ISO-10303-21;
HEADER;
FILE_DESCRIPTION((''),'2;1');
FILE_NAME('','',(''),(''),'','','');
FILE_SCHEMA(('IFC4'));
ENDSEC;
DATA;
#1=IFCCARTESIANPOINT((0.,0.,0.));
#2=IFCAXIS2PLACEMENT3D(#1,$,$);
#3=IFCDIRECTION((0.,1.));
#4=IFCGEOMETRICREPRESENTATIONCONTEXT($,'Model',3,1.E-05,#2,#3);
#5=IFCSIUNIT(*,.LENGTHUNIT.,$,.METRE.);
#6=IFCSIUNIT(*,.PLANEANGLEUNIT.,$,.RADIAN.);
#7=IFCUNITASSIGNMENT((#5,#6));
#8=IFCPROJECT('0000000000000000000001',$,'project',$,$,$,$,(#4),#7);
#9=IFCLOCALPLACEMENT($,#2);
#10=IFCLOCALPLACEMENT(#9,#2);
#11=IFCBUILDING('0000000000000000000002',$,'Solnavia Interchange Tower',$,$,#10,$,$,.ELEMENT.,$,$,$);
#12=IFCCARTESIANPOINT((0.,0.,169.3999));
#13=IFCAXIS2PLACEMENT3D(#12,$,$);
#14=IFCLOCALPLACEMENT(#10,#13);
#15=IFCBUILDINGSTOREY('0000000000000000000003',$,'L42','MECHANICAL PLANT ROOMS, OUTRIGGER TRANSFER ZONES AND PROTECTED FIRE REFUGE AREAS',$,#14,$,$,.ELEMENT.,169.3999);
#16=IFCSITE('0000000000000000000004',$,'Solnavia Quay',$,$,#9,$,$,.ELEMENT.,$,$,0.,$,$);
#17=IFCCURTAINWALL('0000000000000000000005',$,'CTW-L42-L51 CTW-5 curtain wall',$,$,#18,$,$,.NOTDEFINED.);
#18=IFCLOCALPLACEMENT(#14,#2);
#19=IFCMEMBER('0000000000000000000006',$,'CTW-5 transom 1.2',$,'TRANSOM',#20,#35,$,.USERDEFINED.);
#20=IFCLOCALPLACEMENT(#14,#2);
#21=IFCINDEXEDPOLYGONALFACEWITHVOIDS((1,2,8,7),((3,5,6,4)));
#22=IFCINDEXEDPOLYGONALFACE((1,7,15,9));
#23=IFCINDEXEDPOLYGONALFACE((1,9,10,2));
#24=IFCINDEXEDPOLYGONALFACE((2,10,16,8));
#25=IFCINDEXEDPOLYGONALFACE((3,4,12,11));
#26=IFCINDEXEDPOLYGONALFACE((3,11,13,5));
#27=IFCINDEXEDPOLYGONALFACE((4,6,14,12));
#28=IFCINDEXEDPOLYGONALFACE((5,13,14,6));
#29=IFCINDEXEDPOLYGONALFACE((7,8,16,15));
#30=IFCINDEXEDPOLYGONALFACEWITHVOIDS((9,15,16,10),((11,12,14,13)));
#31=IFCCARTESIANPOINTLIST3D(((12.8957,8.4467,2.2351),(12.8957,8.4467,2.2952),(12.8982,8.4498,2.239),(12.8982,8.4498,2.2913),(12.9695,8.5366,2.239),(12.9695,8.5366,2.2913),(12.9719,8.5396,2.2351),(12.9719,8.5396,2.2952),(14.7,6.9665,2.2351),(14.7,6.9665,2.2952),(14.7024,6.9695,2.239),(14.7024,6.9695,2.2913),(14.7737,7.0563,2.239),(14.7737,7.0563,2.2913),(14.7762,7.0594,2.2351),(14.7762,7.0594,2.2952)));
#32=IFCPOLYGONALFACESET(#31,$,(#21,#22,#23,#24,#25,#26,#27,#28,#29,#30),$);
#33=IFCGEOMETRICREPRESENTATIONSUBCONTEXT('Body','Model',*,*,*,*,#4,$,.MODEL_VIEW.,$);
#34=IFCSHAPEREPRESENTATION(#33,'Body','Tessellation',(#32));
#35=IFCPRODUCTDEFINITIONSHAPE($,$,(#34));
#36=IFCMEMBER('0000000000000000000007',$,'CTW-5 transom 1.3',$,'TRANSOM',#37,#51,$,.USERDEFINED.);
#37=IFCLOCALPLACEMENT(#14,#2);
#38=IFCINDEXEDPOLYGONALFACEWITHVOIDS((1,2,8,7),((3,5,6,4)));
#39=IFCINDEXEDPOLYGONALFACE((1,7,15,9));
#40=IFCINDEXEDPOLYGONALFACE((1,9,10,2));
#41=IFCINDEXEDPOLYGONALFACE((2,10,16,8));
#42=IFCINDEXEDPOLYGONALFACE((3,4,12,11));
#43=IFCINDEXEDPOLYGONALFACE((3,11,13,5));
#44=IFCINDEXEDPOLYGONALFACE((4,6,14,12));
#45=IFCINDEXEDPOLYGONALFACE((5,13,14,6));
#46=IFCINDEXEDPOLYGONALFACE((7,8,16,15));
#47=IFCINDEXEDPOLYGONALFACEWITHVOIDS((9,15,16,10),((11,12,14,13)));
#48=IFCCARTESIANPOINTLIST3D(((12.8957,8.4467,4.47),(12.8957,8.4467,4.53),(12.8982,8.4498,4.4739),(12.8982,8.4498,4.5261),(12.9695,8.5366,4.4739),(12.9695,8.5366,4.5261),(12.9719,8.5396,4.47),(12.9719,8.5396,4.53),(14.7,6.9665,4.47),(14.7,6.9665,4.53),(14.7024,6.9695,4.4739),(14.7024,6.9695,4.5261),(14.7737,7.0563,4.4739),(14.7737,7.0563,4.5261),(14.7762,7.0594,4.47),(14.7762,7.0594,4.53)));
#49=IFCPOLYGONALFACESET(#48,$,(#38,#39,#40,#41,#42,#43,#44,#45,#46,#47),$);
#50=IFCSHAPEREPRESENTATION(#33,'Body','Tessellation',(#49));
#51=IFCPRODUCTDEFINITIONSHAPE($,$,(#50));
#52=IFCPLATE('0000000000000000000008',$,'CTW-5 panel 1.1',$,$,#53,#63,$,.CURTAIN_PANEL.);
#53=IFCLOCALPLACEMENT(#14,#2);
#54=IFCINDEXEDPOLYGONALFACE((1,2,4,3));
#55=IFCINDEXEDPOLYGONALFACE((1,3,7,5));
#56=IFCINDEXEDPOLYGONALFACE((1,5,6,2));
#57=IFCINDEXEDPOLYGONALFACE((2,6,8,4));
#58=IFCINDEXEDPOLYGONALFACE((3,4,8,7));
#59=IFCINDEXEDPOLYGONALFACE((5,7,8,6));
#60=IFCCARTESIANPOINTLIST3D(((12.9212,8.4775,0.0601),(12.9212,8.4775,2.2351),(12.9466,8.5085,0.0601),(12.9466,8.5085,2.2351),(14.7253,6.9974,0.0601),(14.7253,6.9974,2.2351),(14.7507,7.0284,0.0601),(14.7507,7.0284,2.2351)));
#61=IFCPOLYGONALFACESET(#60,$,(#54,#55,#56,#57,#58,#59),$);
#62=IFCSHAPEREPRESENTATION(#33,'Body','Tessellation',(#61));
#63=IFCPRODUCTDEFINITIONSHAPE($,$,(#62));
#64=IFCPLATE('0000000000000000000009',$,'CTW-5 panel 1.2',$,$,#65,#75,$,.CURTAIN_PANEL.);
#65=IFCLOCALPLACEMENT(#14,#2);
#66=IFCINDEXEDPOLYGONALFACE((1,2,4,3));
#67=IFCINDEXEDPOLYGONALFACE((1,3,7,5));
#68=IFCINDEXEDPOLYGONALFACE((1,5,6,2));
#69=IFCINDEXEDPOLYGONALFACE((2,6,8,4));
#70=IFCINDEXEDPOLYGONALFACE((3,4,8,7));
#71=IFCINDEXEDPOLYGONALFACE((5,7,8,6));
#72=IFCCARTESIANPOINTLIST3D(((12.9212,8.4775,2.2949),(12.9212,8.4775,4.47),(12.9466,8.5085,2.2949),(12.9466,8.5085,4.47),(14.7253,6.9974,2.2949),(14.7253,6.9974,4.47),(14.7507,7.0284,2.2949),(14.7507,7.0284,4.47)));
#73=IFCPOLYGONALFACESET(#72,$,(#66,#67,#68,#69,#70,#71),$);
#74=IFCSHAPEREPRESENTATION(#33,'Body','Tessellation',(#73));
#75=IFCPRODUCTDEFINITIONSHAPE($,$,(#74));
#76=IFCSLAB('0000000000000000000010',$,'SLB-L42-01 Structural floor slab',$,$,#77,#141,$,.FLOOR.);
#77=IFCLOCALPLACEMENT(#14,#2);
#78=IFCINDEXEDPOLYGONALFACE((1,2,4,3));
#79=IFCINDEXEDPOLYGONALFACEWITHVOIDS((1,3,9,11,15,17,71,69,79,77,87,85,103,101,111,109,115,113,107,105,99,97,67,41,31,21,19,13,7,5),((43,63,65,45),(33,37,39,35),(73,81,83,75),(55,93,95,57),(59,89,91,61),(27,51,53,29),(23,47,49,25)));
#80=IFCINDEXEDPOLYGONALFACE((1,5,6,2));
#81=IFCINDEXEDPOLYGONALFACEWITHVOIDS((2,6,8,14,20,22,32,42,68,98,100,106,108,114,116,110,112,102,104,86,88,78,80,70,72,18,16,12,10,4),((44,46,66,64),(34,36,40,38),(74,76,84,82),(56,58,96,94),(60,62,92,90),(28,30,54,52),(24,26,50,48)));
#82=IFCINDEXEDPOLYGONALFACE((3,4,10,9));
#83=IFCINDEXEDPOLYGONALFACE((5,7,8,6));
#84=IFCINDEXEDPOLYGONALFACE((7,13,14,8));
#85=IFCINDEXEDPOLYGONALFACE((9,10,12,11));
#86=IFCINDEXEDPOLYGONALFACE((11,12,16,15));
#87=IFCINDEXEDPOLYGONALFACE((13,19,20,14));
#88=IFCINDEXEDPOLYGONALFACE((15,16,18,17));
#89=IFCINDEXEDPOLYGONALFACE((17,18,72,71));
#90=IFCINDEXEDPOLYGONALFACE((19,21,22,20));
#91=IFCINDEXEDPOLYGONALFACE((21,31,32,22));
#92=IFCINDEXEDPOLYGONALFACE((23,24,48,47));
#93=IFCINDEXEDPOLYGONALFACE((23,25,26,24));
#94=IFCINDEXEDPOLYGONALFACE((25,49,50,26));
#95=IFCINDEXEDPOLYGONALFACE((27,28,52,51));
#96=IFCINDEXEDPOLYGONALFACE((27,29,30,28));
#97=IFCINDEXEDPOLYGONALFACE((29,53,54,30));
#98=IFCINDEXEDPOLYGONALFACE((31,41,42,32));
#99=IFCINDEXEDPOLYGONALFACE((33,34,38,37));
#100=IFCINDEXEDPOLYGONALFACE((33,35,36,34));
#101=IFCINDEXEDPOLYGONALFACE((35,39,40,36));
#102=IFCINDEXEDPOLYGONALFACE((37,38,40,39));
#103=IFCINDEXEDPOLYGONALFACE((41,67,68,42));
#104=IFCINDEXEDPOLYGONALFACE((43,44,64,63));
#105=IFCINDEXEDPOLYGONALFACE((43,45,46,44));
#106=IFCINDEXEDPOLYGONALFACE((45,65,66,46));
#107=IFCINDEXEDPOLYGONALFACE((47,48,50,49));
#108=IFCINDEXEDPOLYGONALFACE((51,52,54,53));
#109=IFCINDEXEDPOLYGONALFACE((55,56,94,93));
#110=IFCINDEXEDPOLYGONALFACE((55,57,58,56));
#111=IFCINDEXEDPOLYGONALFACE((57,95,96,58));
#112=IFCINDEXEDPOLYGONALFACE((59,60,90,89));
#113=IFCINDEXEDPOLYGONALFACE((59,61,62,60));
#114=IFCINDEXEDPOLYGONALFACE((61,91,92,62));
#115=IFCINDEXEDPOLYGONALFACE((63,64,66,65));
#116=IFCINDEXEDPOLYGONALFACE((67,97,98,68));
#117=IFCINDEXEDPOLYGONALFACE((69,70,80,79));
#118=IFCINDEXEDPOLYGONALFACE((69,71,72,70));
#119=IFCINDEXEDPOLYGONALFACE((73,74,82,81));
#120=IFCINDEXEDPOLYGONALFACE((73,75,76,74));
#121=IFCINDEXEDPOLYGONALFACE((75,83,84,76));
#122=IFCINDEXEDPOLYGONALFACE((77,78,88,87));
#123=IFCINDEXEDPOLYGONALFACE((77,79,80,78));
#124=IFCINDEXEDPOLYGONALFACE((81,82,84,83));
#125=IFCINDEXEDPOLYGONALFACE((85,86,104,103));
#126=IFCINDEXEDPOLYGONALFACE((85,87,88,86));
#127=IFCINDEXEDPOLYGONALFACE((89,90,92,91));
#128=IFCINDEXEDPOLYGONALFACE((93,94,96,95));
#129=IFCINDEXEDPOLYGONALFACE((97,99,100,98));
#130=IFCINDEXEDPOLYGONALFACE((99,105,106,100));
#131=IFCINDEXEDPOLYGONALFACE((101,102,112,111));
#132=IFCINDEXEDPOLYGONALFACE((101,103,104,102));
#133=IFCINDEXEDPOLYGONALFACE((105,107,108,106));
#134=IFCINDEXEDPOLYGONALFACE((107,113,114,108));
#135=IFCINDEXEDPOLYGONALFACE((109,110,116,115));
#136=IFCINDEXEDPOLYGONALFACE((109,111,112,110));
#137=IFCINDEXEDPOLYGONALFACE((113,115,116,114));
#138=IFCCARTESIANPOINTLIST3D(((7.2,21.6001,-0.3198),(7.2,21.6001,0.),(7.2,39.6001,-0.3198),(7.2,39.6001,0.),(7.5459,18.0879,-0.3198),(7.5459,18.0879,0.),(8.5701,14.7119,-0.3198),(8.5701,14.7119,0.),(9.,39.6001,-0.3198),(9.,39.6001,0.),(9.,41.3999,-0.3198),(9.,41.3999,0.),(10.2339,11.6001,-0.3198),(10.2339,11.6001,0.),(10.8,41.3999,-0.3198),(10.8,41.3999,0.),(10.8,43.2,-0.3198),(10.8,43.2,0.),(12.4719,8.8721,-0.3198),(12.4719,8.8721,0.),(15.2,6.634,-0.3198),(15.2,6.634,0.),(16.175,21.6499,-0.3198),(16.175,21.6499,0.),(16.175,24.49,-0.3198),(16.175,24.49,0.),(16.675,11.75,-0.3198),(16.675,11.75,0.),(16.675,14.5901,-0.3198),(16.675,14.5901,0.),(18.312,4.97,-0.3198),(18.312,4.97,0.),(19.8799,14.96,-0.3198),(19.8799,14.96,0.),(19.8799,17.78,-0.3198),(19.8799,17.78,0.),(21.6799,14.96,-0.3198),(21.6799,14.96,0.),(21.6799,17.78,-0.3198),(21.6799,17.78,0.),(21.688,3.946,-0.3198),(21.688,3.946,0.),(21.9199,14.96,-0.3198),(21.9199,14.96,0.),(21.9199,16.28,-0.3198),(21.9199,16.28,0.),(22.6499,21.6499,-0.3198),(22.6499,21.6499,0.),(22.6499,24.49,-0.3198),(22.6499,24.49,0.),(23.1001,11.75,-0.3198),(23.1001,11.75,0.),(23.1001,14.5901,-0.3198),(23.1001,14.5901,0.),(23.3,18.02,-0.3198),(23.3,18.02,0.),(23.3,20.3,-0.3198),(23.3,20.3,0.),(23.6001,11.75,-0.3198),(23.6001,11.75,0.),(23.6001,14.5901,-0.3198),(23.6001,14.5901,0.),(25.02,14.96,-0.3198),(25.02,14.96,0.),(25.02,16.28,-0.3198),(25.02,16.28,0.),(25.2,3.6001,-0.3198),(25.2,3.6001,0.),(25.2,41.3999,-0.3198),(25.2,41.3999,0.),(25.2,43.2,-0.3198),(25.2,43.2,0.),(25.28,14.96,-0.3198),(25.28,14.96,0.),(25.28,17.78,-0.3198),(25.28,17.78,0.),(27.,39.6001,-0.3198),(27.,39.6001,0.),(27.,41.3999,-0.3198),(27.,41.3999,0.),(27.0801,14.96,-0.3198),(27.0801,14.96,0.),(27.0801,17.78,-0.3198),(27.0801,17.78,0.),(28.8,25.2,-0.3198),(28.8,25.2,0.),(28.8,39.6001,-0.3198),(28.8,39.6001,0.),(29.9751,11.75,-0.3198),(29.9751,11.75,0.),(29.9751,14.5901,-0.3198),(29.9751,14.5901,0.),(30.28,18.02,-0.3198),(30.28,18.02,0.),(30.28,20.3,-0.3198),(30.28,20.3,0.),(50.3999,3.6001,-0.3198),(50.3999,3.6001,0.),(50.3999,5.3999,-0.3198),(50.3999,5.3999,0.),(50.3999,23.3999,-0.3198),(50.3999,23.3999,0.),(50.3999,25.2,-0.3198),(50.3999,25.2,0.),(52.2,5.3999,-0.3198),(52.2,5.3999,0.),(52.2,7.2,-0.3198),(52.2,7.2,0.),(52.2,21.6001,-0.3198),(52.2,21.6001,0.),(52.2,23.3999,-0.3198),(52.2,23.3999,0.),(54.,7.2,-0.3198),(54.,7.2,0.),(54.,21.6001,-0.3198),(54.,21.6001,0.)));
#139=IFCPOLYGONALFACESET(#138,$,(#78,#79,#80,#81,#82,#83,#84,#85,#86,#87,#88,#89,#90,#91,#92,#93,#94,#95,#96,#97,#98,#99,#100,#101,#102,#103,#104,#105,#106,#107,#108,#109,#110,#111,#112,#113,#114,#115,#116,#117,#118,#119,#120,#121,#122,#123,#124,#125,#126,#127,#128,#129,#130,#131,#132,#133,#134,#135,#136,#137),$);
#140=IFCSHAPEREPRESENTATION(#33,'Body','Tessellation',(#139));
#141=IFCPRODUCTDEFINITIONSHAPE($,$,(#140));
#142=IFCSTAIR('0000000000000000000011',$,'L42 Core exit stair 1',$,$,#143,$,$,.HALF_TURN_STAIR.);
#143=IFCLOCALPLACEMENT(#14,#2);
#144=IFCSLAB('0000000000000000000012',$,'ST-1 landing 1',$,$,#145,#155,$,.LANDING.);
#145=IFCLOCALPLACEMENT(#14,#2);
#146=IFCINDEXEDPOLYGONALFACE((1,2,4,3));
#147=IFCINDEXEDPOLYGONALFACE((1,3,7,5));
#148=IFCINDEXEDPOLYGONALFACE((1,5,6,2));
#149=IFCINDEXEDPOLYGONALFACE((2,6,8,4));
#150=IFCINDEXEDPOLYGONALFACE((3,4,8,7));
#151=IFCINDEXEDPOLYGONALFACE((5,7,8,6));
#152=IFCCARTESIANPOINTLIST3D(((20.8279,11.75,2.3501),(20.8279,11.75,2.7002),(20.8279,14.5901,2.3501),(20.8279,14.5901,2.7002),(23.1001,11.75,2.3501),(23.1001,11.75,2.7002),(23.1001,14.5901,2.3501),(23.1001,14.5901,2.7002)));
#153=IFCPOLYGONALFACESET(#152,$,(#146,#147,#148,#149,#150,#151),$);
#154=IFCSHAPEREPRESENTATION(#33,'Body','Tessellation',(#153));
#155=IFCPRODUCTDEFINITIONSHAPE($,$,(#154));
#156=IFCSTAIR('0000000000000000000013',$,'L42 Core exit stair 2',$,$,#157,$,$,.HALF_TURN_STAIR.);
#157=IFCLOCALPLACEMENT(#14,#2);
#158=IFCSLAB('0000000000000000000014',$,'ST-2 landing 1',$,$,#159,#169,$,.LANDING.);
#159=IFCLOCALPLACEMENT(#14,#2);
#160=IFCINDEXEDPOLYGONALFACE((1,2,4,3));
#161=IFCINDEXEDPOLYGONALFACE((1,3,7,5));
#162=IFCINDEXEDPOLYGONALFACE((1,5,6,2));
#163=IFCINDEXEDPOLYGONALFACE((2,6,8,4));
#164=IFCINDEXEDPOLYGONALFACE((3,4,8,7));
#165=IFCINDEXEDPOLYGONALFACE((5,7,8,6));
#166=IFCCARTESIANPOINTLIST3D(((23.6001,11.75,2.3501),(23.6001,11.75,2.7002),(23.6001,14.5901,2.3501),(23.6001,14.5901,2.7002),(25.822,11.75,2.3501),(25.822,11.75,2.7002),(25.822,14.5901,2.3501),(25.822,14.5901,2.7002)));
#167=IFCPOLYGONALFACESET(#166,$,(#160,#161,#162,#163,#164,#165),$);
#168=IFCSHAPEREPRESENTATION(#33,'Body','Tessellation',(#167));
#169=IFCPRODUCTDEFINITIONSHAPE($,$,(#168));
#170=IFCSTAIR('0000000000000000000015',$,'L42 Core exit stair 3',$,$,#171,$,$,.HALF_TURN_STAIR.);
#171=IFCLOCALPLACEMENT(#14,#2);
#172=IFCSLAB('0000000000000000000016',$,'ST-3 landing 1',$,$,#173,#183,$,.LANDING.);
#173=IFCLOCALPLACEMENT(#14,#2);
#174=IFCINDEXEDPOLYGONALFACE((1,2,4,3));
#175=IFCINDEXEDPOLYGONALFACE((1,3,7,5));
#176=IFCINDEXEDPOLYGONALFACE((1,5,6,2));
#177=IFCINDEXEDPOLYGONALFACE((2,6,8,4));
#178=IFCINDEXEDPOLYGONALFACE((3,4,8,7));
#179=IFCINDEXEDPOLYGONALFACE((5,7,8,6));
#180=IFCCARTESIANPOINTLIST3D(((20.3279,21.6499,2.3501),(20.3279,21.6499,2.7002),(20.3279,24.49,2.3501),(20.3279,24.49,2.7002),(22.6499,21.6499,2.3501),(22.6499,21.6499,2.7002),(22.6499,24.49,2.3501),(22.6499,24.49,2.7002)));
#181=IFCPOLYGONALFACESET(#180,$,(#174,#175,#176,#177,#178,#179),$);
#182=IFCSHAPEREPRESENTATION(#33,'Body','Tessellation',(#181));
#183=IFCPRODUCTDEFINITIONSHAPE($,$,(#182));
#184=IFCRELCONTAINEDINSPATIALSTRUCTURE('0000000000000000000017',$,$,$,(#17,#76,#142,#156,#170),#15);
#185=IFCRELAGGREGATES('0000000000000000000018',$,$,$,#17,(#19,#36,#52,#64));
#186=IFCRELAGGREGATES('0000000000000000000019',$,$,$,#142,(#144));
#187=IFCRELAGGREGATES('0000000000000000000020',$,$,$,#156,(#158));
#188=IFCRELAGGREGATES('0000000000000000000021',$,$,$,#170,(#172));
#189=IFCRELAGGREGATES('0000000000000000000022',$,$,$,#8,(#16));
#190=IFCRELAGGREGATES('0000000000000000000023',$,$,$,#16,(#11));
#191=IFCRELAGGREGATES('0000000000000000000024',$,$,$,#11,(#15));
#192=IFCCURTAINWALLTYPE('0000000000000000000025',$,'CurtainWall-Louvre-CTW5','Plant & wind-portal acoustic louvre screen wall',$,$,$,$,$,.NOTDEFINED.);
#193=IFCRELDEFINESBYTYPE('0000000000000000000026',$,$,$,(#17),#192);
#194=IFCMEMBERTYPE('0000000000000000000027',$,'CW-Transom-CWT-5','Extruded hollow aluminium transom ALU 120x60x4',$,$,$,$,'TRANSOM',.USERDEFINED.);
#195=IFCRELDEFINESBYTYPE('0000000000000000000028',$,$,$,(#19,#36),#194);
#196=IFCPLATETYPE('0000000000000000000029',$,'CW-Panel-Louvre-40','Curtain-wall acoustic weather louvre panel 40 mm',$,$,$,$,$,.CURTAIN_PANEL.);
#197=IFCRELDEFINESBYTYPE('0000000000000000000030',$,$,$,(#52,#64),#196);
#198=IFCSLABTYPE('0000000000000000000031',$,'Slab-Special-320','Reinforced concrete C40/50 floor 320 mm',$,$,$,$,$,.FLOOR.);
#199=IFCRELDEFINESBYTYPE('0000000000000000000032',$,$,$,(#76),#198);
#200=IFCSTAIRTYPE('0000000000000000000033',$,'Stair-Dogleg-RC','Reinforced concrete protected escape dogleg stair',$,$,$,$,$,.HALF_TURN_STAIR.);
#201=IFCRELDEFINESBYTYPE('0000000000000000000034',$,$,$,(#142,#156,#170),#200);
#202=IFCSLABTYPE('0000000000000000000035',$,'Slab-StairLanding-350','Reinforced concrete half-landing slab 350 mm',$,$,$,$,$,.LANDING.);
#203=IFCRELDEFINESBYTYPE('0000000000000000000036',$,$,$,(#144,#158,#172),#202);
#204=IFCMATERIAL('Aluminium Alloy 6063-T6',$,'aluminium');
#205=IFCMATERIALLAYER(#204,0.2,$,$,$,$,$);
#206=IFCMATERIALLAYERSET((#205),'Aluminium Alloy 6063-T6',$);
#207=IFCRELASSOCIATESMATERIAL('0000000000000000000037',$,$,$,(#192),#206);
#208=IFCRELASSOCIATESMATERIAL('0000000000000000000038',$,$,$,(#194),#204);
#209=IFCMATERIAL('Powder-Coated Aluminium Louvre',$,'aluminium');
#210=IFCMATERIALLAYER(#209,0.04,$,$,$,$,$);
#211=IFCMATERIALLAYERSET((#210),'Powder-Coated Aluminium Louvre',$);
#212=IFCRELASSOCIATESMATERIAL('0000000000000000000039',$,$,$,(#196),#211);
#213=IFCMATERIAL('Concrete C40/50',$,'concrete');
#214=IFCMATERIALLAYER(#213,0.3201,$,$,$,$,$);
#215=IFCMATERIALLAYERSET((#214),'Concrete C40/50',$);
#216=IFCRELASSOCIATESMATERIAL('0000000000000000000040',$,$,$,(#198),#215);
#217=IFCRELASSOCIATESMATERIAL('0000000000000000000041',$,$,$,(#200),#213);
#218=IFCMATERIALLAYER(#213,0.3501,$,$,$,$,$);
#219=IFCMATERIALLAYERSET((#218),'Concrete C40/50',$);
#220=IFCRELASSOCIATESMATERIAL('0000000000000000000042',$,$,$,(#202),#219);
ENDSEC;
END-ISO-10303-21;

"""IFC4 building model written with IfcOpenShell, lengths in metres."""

from ifc_helpers import new_model, si_unit, direction, frame, origin, origin_2d, place, context, subcontext, project, spatial, polyline, rectangle, hollow_rectangle, outline, extrude, material, layer, layer_set, material_profile, profile_set, type_object, element, aggregate, save


model = new_model("IFC4")

# Units and contexts
model_context = context("Model", 3, precision=1e-05, world=origin(), true_north=direction((0.0, 1.0)))
body_context = subcontext(model_context, "Body", "Model", "MODEL_VIEW")
ifc_project = project(units=[si_unit("LENGTHUNIT", "METRE"), si_unit("PLANEANGLEUNIT", "RADIAN")], contexts=[model_context])

# Site, building, storey
site_placement = place(None, origin())
site = spatial("IfcSite", under=ifc_project, at=site_placement, Name="Solnavia Quay", CompositionType="ELEMENT", RefElevation=0.0)
building_placement = place(site_placement, origin())
building = spatial("IfcBuilding", under=site, at=building_placement, Name="Solnavia Interchange Tower", CompositionType="ELEMENT")
storey_placement = place(building_placement, frame((0.0, 0.0, 169.3999)))
storey = spatial("IfcBuildingStorey", under=building, at=storey_placement, Name="L42", Description="MECHANICAL PLANT ROOMS, OUTRIGGER TRANSFER ZONES AND PROTECTED FIRE REFUGE AREAS", CompositionType="ELEMENT", Elevation=169.3999)

# Curtain wall, members, plates
ifc_material_1 = material(Name="Aluminium Alloy 6063-T6", Category="aluminium")
ifc_layer_1 = layer(ifc_material_1, 0.2)
ifc_layer_set_1 = layer_set([ifc_layer_1], Name="Aluminium Alloy 6063-T6")
curtain_wall_type = type_object("IfcCurtainWallType", Name="CurtainWall-Louvre-CTW5", Description="Plant & wind-portal acoustic louvre screen wall", PredefinedType="NOTDEFINED", material=ifc_layer_set_1)
curtain_wall_placement = place(storey_placement, origin())
curtain_wall = element("IfcCurtainWall", 1, at=curtain_wall_placement, inside=storey, type_object=curtain_wall_type, Name="CTW-L42-L51 CTW-5 curtain wall", PredefinedType="NOTDEFINED")
ifc_material_profile_1 = material_profile(ifc_material_1, hollow_rectangle(XDim=0.0601, YDim=0.1201, WallThickness=0.0039, at=origin_2d()), Name="ALU 120x60x4")
ifc_profile_set_1 = profile_set([ifc_material_profile_1], Name="Aluminium Alloy 6063-T6")
member_type_1 = type_object("IfcMemberType", Name="CW-Transom-CWT-5", Description="Extruded hollow aluminium transom ALU 120x60x4", ElementType="TRANSOM", PredefinedType="USERDEFINED", material=ifc_profile_set_1)
member_1_placement = place(storey_placement, frame((12.9338, 8.4932, 2.2651), z_axis=(0.773104, -0.63428, 0.0), x_axis=(0.0, 0.0, 1.0)))
member_1 = element("IfcMember", 2, at=member_1_placement, type_object=member_type_1, Name="CTW-5 transom 1.2", ObjectType="TRANSOM", PredefinedType="USERDEFINED", context=body_context, shape_type="SweptSolid", body=[
    extrude(hollow_rectangle(XDim=0.0601, YDim=0.1201, WallThickness=0.0039, at=origin_2d()), origin(), (0.0, 0.0, 1.0), 2.3337),
])
member_2_placement = place(storey_placement, frame((12.9338, 8.4932, 4.5), z_axis=(0.773104, -0.63428, 0.0), x_axis=(0.0, 0.0, 1.0)))
member_2 = element("IfcMember", 3, at=member_2_placement, type_object=member_type_1, Name="CTW-5 transom 1.3", ObjectType="TRANSOM", PredefinedType="USERDEFINED", context=body_context, shape_type="SweptSolid", body=[
    extrude(hollow_rectangle(XDim=0.0601, YDim=0.1201, WallThickness=0.0039, at=origin_2d()), origin(), (0.0, 0.0, 1.0), 2.3337),
])
ifc_material_2 = material(Name="Powder-Coated Aluminium Louvre", Category="aluminium")
ifc_layer_2 = layer(ifc_material_2, 0.04)
ifc_layer_set_2 = layer_set([ifc_layer_2], Name="Powder-Coated Aluminium Louvre")
plate_type = type_object("IfcPlateType", Name="CW-Panel-Louvre-40", Description="Curtain-wall acoustic weather louvre panel 40 mm", PredefinedType="CURTAIN_PANEL", material=ifc_layer_set_2)
plate_1_placement = place(storey_placement, frame((13.8359, 7.7529, 0.0601), z_axis=(0.0, 0.0, 1.0), x_axis=(0.773103, -0.634281, 0.0)))
plate_1 = element("IfcPlate", 4, at=plate_1_placement, type_object=plate_type, Name="CTW-5 panel 1.1", PredefinedType="CURTAIN_PANEL", context=body_context, shape_type="SweptSolid", body=[
    extrude(rectangle(XDim=2.3335, YDim=0.04, at=origin_2d()), origin(), (0.0, 0.0, 1.0), 2.175),
])
plate_2_placement = place(storey_placement, frame((13.8359, 7.7529, 2.2949), z_axis=(0.0, 0.0, 1.0), x_axis=(0.773103, -0.634281, 0.0)))
plate_2 = element("IfcPlate", 5, at=plate_2_placement, type_object=plate_type, Name="CTW-5 panel 1.2", PredefinedType="CURTAIN_PANEL", context=body_context, shape_type="SweptSolid", body=[
    extrude(rectangle(XDim=2.3335, YDim=0.04, at=origin_2d()), origin(), (0.0, 0.0, 1.0), 2.175),
])
aggregate(curtain_wall, [member_1, member_2, plate_1, plate_2])

# Slab
ifc_material_3 = material(Name="Concrete C40/50", Category="concrete")
ifc_layer_3 = layer(ifc_material_3, 0.3201)
ifc_layer_set_3 = layer_set([ifc_layer_3], Name="Concrete C40/50")
slab_type_1 = type_object("IfcSlabType", Name="Slab-Special-320", Description="Reinforced concrete C40/50 floor 320 mm", PredefinedType="FLOOR", material=ifc_layer_set_3)
slab_1_placement = place(storey_placement, frame((0.0, 0.0, -0.3198)))
element("IfcSlab", 6, at=slab_1_placement, inside=storey, type_object=slab_type_1, Name="SLB-L42-01 Structural floor slab", PredefinedType="FLOOR", context=body_context, shape_type="SweptSolid", body=[
    extrude(outline(polyline([(25.2, 3.6001), (50.3999, 3.6001), (50.3999, 5.3999), (52.2, 5.3999), (52.2, 7.2), (54.0, 7.2), (54.0, 21.6001), (52.2, 21.6001), (52.2, 23.3999), (50.3999, 23.3999), (50.3999, 25.2), (28.8, 25.2), (28.8, 39.6001), (27.0, 39.6001), (27.0, 41.3999), (25.2, 41.3999), (25.2, 43.2), (10.8, 43.2), (10.8, 41.3999), (9.0, 41.3999), (9.0, 39.6001), (7.2, 39.6001), (7.2, 21.6001), (7.5459, 18.0879), (8.5701, 14.7119), (10.2339, 11.6001), (12.4719, 8.8721), (15.2, 6.634), (18.312, 4.97), (21.688, 3.946), (25.2, 3.6001)]), holes=[polyline([(16.675, 11.75), (23.1001, 11.75), (23.1001, 14.5901), (16.675, 14.5901), (16.675, 11.75)]), polyline([(23.6001, 11.75), (29.9751, 11.75), (29.9751, 14.5901), (23.6001, 14.5901), (23.6001, 11.75)]), polyline([(16.175, 21.6499), (22.6499, 21.6499), (22.6499, 24.49), (16.175, 24.49), (16.175, 21.6499)]), polyline([(19.8799, 14.96), (21.6799, 14.96), (21.6799, 17.78), (19.8799, 17.78), (19.8799, 14.96)]), polyline([(25.28, 14.96), (27.0801, 14.96), (27.0801, 17.78), (25.28, 17.78), (25.28, 14.96)]), polyline([(21.9199, 14.96), (25.02, 14.96), (25.02, 16.28), (21.9199, 16.28), (21.9199, 14.96)]), polyline([(23.3, 18.02), (30.28, 18.02), (30.28, 20.3), (23.3, 20.3), (23.3, 18.02)])]), origin(), (0.0, 0.0, 1.0), 0.3198),
])

# Stairs, slabs
stair_type = type_object("IfcStairType", Name="Stair-Dogleg-RC", Description="Reinforced concrete protected escape dogleg stair", PredefinedType="HALF_TURN_STAIR", material=ifc_material_3)
stair_1_placement = place(storey_placement, origin())
stair_1 = element("IfcStair", 7, at=stair_1_placement, inside=storey, type_object=stair_type, Name="L42 Core exit stair 1", PredefinedType="HALF_TURN_STAIR")
ifc_layer_4 = layer(ifc_material_3, 0.3501)
ifc_layer_set_4 = layer_set([ifc_layer_4], Name="Concrete C40/50")
slab_type_2 = type_object("IfcSlabType", Name="Slab-StairLanding-350", Description="Reinforced concrete half-landing slab 350 mm", PredefinedType="LANDING", material=ifc_layer_set_4)
slab_2_placement = place(storey_placement, frame((0.0, 0.0, 2.3501)))
slab_2 = element("IfcSlab", 8, at=slab_2_placement, type_object=slab_type_2, Name="ST-1 landing 1", PredefinedType="LANDING", context=body_context, shape_type="SweptSolid", body=[
    extrude(outline(polyline([(20.8279, 11.75), (23.1001, 11.75), (23.1001, 14.5901), (20.8279, 14.5901), (20.8279, 11.75)])), origin(), (0.0, 0.0, 1.0), 0.3501),
])
aggregate(stair_1, [slab_2])
stair_2_placement = place(storey_placement, origin())
stair_2 = element("IfcStair", 9, at=stair_2_placement, inside=storey, type_object=stair_type, Name="L42 Core exit stair 2", PredefinedType="HALF_TURN_STAIR")
slab_3_placement = place(storey_placement, frame((0.0, 0.0, 2.3501)))
slab_3 = element("IfcSlab", 10, at=slab_3_placement, type_object=slab_type_2, Name="ST-2 landing 1", PredefinedType="LANDING", context=body_context, shape_type="SweptSolid", body=[
    extrude(outline(polyline([(23.6001, 11.75), (25.822, 11.75), (25.822, 14.5901), (23.6001, 14.5901), (23.6001, 11.75)])), origin(), (0.0, 0.0, 1.0), 0.3501),
])
aggregate(stair_2, [slab_3])
stair_3_placement = place(storey_placement, origin())
stair_3 = element("IfcStair", 11, at=stair_3_placement, inside=storey, type_object=stair_type, Name="L42 Core exit stair 3", PredefinedType="HALF_TURN_STAIR")
slab_4_placement = place(storey_placement, frame((0.0, 0.0, 2.3501)))
slab_4 = element("IfcSlab", 12, at=slab_4_placement, type_object=slab_type_2, Name="ST-3 landing 1", PredefinedType="LANDING", context=body_context, shape_type="SweptSolid", body=[
    extrude(outline(polyline([(20.3279, 21.6499), (22.6499, 21.6499), (22.6499, 24.49), (20.3279, 24.49), (20.3279, 21.6499)])), origin(), (0.0, 0.0, 1.0), 0.3501),
])
aggregate(stair_3, [slab_4])

save(model, "model.ifc")
